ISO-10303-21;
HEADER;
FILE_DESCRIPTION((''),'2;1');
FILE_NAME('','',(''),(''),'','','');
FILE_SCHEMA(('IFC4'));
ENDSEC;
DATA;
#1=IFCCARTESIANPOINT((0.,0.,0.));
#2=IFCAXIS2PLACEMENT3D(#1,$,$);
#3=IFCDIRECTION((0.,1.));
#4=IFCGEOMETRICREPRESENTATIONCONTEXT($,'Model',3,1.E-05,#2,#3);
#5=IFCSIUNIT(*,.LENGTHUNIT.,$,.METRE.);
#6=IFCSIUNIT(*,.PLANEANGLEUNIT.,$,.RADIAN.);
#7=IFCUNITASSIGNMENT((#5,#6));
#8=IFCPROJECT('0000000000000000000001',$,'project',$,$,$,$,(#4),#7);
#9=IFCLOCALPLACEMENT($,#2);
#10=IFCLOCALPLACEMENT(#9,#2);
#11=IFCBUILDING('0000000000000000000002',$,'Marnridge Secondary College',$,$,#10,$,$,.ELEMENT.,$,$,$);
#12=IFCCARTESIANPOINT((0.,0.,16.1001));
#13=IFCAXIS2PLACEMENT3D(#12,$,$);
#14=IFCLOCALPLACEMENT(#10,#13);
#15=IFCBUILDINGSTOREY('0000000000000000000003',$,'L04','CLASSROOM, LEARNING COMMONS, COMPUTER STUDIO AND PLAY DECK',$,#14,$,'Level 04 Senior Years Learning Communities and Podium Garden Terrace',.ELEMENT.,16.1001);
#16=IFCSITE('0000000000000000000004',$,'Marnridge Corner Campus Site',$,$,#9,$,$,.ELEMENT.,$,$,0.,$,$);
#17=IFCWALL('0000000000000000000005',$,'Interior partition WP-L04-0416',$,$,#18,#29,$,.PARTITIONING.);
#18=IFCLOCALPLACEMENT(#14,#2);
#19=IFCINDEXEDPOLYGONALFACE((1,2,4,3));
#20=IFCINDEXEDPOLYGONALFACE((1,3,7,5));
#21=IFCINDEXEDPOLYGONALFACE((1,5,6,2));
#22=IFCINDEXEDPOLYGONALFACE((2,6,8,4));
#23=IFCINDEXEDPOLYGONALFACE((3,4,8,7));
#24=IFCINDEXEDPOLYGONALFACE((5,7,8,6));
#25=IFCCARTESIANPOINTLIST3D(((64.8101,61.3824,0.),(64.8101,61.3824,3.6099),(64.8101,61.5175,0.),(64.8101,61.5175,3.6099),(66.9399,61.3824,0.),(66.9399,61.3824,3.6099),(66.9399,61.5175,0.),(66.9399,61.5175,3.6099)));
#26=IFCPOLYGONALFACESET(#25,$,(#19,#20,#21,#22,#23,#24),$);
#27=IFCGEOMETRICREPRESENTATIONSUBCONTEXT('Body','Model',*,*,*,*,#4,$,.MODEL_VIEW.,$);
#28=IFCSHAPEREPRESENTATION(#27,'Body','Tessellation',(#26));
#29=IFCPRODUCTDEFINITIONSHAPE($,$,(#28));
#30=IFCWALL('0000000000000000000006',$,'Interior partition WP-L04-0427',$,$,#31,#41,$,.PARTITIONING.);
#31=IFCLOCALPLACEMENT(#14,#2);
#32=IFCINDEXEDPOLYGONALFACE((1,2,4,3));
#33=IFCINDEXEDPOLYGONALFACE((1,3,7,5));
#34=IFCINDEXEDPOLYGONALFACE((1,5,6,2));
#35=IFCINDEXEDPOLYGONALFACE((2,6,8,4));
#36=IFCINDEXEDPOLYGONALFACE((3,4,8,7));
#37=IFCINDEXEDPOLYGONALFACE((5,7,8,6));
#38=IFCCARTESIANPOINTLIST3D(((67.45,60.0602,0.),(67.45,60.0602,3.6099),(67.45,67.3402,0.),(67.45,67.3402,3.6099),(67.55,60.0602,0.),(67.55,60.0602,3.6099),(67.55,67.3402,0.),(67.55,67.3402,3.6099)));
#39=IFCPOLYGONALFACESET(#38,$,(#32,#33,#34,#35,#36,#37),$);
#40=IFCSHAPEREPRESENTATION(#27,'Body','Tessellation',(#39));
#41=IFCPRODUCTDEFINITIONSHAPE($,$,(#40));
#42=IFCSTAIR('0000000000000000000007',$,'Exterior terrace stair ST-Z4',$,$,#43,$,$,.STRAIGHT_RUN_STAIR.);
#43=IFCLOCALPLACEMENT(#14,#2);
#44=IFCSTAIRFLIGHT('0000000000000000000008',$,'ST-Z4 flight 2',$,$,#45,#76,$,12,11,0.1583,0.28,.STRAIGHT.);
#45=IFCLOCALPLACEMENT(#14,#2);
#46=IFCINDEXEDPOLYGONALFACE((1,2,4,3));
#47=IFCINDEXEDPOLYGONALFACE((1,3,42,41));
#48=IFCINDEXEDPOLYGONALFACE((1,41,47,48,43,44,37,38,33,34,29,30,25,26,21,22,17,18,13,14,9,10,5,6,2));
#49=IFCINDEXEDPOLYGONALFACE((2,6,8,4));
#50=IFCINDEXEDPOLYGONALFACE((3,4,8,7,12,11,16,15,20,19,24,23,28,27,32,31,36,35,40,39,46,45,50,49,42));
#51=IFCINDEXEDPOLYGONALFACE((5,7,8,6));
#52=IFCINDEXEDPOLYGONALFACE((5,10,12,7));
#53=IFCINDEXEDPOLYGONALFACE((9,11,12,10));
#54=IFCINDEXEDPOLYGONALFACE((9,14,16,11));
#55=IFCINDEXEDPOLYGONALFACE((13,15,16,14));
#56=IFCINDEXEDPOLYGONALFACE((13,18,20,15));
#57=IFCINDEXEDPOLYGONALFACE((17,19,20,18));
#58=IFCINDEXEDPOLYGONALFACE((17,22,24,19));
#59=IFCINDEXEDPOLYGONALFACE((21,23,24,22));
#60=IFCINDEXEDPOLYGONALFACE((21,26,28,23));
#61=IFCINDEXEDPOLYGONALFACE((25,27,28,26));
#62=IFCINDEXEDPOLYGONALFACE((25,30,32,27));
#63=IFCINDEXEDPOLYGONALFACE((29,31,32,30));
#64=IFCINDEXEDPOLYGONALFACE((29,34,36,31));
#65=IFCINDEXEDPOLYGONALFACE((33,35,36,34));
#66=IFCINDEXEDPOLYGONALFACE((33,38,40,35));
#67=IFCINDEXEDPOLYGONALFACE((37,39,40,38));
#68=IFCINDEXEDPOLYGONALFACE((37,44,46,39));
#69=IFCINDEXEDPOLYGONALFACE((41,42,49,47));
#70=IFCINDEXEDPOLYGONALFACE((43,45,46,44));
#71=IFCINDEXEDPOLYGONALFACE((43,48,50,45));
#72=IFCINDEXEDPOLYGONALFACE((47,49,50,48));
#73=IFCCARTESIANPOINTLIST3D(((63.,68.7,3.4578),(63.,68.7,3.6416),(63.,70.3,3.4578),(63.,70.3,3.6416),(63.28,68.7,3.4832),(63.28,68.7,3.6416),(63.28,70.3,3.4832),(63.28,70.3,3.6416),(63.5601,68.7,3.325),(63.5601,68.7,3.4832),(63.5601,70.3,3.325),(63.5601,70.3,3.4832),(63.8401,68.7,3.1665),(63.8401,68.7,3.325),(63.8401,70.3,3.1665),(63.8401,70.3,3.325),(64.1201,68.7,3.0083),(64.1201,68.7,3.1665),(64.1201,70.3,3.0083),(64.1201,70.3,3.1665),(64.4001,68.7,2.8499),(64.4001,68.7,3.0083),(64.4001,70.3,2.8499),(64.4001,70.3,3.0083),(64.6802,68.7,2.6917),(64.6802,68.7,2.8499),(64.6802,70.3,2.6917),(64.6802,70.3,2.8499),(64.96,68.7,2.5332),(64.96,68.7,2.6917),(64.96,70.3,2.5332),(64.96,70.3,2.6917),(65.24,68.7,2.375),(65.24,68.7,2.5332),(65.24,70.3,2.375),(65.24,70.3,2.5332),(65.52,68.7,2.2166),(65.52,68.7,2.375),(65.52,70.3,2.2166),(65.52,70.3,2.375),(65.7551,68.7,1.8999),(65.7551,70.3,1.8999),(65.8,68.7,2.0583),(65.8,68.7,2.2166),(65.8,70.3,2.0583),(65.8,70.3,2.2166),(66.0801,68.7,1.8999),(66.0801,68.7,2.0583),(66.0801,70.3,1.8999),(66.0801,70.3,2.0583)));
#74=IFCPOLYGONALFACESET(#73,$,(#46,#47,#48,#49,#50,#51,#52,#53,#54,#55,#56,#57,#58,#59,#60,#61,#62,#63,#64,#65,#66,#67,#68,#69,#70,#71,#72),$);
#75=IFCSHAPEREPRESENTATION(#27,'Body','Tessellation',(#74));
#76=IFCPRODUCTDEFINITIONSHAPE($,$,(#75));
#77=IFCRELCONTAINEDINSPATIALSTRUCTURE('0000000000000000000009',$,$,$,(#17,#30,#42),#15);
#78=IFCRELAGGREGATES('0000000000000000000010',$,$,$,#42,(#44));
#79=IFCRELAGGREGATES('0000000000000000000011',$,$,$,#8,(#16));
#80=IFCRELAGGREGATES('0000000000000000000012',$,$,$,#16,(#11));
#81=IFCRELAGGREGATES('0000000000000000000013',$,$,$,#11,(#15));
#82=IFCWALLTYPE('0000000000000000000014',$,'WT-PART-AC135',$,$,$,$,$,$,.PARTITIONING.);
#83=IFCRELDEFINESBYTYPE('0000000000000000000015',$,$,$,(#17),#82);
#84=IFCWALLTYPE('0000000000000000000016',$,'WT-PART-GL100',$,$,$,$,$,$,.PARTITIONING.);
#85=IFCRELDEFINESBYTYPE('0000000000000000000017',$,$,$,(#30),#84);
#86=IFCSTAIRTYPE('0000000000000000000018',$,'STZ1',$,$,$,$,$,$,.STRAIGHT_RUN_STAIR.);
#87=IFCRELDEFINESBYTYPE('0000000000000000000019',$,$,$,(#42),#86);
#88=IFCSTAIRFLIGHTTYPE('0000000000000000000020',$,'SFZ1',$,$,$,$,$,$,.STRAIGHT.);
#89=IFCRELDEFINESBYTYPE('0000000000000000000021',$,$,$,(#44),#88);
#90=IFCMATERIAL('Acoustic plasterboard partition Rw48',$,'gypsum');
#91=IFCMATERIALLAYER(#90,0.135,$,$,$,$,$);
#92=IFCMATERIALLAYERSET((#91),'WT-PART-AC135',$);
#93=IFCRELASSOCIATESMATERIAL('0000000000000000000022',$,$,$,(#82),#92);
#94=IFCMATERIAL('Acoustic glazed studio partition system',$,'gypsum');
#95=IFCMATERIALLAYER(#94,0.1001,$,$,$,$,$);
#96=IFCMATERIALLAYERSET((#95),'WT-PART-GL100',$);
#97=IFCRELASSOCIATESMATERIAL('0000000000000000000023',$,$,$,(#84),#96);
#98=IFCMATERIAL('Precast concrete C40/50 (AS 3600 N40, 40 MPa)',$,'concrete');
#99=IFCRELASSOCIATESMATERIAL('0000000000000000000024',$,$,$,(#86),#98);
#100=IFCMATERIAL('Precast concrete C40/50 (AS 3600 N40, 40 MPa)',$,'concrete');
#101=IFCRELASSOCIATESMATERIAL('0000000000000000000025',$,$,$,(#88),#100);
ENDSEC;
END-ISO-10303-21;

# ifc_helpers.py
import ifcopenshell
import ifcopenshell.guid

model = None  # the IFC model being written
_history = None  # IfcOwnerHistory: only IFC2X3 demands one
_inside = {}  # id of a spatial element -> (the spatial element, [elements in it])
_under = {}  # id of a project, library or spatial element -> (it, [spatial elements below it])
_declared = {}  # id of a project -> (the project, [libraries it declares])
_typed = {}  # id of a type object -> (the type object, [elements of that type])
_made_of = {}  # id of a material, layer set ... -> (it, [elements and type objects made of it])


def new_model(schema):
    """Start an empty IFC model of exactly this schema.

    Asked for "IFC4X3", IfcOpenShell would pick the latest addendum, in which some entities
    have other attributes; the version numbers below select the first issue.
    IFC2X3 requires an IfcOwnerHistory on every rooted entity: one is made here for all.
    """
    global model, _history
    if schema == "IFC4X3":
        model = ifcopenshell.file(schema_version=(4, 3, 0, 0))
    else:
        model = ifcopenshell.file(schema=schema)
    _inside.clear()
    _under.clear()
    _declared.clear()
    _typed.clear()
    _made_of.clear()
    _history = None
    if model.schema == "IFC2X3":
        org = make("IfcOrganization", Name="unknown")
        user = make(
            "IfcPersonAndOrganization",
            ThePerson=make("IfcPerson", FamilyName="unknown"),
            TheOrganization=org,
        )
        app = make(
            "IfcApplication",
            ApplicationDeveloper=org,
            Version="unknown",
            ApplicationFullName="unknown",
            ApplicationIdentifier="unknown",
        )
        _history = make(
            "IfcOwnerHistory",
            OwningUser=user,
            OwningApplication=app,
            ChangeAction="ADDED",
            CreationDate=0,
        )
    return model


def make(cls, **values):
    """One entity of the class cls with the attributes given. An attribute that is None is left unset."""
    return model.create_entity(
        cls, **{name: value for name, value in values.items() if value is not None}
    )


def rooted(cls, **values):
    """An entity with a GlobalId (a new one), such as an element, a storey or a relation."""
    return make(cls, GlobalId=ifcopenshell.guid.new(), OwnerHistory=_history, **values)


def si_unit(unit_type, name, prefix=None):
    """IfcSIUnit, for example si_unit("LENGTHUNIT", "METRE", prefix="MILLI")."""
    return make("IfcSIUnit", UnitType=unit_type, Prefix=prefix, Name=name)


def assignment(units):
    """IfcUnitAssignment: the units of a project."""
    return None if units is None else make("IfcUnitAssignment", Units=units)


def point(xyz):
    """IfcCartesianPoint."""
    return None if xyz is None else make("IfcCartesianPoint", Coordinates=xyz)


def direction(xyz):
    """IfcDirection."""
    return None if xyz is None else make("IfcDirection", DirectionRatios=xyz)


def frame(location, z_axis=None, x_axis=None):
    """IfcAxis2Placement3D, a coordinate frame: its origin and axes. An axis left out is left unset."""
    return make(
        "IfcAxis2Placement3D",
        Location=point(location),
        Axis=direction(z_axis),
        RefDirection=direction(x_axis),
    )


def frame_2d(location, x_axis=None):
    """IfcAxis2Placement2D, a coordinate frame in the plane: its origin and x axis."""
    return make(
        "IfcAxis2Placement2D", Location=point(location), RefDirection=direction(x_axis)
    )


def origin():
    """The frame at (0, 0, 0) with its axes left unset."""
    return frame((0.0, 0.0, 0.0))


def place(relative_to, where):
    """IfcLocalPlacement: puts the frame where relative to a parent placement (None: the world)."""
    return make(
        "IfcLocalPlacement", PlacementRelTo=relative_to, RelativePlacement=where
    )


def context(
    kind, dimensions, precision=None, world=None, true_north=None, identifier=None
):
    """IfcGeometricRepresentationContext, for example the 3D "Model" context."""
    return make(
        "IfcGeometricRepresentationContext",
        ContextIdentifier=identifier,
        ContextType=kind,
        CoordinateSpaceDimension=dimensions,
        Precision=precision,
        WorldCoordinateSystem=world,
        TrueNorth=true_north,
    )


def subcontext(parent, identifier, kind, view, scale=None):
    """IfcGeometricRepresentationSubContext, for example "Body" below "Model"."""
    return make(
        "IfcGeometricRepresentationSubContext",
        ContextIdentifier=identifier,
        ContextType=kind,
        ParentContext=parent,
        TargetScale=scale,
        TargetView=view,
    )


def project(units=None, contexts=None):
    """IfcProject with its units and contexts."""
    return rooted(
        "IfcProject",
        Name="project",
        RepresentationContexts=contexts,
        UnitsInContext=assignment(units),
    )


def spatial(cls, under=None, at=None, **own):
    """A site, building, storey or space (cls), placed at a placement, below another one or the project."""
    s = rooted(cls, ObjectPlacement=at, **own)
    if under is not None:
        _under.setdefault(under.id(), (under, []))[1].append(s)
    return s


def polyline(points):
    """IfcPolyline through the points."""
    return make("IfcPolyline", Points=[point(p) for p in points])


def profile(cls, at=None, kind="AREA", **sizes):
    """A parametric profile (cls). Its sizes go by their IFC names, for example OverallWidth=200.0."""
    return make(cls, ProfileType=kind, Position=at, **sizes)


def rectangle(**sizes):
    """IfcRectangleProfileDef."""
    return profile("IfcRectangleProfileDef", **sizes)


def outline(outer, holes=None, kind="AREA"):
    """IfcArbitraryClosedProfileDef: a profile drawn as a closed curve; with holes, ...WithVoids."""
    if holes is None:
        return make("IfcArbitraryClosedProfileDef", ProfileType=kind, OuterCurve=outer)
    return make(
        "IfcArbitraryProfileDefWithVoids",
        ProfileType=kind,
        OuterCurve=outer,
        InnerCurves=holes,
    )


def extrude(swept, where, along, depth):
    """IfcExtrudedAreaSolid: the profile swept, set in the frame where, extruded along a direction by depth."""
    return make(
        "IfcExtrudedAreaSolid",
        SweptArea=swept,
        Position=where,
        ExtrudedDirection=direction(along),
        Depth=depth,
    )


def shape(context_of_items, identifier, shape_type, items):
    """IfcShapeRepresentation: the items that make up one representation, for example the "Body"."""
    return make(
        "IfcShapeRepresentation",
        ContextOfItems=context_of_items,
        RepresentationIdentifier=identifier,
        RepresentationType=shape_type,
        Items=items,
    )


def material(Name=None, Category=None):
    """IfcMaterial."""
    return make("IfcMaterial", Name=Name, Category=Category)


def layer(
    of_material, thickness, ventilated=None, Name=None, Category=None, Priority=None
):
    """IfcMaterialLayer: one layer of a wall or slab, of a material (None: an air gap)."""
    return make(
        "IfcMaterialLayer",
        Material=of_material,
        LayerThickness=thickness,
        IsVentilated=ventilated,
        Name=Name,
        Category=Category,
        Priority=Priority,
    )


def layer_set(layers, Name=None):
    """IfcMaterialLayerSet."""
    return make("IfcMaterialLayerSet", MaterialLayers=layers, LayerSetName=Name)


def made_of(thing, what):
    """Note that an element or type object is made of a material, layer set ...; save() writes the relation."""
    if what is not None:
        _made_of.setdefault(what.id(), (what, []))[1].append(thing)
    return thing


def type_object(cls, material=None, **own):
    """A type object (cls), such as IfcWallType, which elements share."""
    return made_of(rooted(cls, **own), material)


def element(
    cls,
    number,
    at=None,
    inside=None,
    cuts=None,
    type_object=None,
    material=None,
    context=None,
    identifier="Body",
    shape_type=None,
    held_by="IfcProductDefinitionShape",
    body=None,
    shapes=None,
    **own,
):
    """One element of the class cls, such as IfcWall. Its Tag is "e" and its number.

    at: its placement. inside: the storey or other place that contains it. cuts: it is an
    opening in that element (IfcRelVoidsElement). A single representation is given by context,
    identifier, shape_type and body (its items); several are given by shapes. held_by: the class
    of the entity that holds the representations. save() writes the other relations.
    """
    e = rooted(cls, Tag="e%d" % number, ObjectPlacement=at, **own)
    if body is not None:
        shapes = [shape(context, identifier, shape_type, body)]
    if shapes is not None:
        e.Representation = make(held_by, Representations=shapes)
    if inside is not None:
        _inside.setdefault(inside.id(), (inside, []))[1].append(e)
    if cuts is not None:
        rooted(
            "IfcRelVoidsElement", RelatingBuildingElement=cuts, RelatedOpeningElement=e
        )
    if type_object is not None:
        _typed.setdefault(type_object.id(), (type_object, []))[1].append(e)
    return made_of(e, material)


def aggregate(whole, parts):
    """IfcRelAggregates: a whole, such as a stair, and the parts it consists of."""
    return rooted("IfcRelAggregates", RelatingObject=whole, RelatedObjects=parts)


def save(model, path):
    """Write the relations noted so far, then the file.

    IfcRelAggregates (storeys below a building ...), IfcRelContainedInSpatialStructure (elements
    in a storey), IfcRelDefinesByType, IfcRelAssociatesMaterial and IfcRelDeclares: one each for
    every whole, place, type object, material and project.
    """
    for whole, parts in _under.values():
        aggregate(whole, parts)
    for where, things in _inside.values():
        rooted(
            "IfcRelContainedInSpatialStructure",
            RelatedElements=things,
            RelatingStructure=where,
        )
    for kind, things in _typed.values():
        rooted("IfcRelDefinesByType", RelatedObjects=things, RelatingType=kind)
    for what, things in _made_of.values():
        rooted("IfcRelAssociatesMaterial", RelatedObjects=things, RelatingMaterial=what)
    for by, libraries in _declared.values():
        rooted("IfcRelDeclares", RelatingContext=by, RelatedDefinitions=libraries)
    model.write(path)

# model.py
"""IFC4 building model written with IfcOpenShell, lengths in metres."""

from ifc_helpers import new_model, si_unit, direction, frame, frame_2d, origin, place, context, subcontext, project, spatial, polyline, rectangle, outline, extrude, material, layer, layer_set, type_object, element, aggregate, save


model = new_model("IFC4")

# Units and contexts
model_context = context("Model", 3, precision=1e-05, world=origin(), true_north=direction((0.0, 1.0)))
body_context = subcontext(model_context, "Body", "Model", "MODEL_VIEW")
ifc_project = project(units=[si_unit("LENGTHUNIT", "METRE"), si_unit("PLANEANGLEUNIT", "RADIAN")], contexts=[model_context])

# Site, building, storey
site_placement = place(None, origin())
site = spatial("IfcSite", under=ifc_project, at=site_placement, Name="Marnridge Corner Campus Site", CompositionType="ELEMENT", RefElevation=0.0)
building_placement = place(site_placement, origin())
building = spatial("IfcBuilding", under=site, at=building_placement, Name="Marnridge Secondary College", CompositionType="ELEMENT")
storey_placement = place(building_placement, frame((0.0, 0.0, 16.1001)))
storey = spatial("IfcBuildingStorey", under=building, at=storey_placement, Name="L04", Description="CLASSROOM, LEARNING COMMONS, COMPUTER STUDIO AND PLAY DECK", LongName="Level 04 Senior Years Learning Communities and Podium Garden Terrace", CompositionType="ELEMENT", Elevation=16.1001)

# Walls
ifc_material_1 = material(Name="Acoustic plasterboard partition Rw48", Category="gypsum")
ifc_layer_1 = layer(ifc_material_1, 0.135)
ifc_layer_set_1 = layer_set([ifc_layer_1], Name="WT-PART-AC135")
wall_type_1 = type_object("IfcWallType", Name="WT-PART-AC135", PredefinedType="PARTITIONING", material=ifc_layer_set_1)
wall_1_placement = place(storey_placement, frame((64.8101, 61.45, 0.0), z_axis=(0.0, 0.0, 1.0), x_axis=(1.0, 0.0, 0.0)))
element("IfcWall", 1, at=wall_1_placement, inside=storey, type_object=wall_type_1, Name="Interior partition WP-L04-0416", PredefinedType="PARTITIONING", context=body_context, shape_type="SweptSolid", body=[
    extrude(rectangle(XDim=2.1299, YDim=0.135, at=frame_2d((1.0649, 0.0))), origin(), (0.0, 0.0, 1.0), 3.6099),
])
ifc_material_2 = material(Name="Acoustic glazed studio partition system", Category="gypsum")
ifc_layer_2 = layer(ifc_material_2, 0.1001)
ifc_layer_set_2 = layer_set([ifc_layer_2], Name="WT-PART-GL100")
wall_type_2 = type_object("IfcWallType", Name="WT-PART-GL100", PredefinedType="PARTITIONING", material=ifc_layer_set_2)
wall_2_placement = place(storey_placement, frame((67.5, 60.0601, 0.0), z_axis=(0.0, 0.0, 1.0), x_axis=(0.0, 1.0, 0.0)))
element("IfcWall", 2, at=wall_2_placement, inside=storey, type_object=wall_type_2, Name="Interior partition WP-L04-0427", PredefinedType="PARTITIONING", context=body_context, shape_type="SweptSolid", body=[
    extrude(rectangle(XDim=7.28, YDim=0.1001, at=frame_2d((3.6401, 0.0))), origin(), (0.0, 0.0, 1.0), 3.6099),
])

# Stair, stair flight
ifc_material_3 = material(Name="Precast concrete C40/50 (AS 3600 N40, 40 MPa)", Category="concrete")
stair_type = type_object("IfcStairType", Name="STZ1", PredefinedType="STRAIGHT_RUN_STAIR", material=ifc_material_3)
stair_placement = place(storey_placement, origin())
stair = element("IfcStair", 3, at=stair_placement, inside=storey, type_object=stair_type, Name="Exterior terrace stair ST-Z4", PredefinedType="STRAIGHT_RUN_STAIR")
ifc_material_4 = material(Name="Precast concrete C40/50 (AS 3600 N40, 40 MPa)", Category="concrete")
stair_flight_type = type_object("IfcStairFlightType", Name="SFZ1", PredefinedType="STRAIGHT", material=ifc_material_4)
stair_flight_placement = place(storey_placement, frame((66.0801, 69.5, 1.8999), z_axis=(0.0, 0.0, 1.0), x_axis=(-1.0, 0.0, 0.0)))
stair_flight = element("IfcStairFlight", 4, at=stair_flight_placement, type_object=stair_flight_type, Name="ST-Z4 flight 2", NumberOfRisers=12, NumberOfTreads=11, PredefinedType="STRAIGHT", RiserHeight=0.1583, TreadLength=0.28, context=body_context, shape_type="SweptSolid", body=[
    extrude(outline(polyline([(0.0, 0.0), (0.0, 0.1584), (0.28, 0.1584), (0.28, 0.3167), (0.5601, 0.3167), (0.5601, 0.4751), (0.8401, 0.4751), (0.8401, 0.6333), (1.1201, 0.6333), (1.1201, 0.7917), (1.3999, 0.7917), (1.3999, 0.95), (1.6799, 0.95), (1.6799, 1.1084), (1.96, 1.1084), (1.96, 1.2666), (2.24, 1.2666), (2.24, 1.425), (2.52, 1.425), (2.52, 1.5833), (2.8, 1.5833), (2.8, 1.7417), (3.0801, 1.7417), (3.0801, 1.8999), (3.0801, 1.5579), (0.325, 0.0), (0.0, 0.0)])), frame((0.0, 0.8, 0.0), z_axis=(0.0, -1.0, 0.0), x_axis=(1.0, 0.0, 0.0)), (0.0, 0.0, 1.0), 1.6001),
])
aggregate(stair, [stair_flight])

save(model, "model.ifc")
